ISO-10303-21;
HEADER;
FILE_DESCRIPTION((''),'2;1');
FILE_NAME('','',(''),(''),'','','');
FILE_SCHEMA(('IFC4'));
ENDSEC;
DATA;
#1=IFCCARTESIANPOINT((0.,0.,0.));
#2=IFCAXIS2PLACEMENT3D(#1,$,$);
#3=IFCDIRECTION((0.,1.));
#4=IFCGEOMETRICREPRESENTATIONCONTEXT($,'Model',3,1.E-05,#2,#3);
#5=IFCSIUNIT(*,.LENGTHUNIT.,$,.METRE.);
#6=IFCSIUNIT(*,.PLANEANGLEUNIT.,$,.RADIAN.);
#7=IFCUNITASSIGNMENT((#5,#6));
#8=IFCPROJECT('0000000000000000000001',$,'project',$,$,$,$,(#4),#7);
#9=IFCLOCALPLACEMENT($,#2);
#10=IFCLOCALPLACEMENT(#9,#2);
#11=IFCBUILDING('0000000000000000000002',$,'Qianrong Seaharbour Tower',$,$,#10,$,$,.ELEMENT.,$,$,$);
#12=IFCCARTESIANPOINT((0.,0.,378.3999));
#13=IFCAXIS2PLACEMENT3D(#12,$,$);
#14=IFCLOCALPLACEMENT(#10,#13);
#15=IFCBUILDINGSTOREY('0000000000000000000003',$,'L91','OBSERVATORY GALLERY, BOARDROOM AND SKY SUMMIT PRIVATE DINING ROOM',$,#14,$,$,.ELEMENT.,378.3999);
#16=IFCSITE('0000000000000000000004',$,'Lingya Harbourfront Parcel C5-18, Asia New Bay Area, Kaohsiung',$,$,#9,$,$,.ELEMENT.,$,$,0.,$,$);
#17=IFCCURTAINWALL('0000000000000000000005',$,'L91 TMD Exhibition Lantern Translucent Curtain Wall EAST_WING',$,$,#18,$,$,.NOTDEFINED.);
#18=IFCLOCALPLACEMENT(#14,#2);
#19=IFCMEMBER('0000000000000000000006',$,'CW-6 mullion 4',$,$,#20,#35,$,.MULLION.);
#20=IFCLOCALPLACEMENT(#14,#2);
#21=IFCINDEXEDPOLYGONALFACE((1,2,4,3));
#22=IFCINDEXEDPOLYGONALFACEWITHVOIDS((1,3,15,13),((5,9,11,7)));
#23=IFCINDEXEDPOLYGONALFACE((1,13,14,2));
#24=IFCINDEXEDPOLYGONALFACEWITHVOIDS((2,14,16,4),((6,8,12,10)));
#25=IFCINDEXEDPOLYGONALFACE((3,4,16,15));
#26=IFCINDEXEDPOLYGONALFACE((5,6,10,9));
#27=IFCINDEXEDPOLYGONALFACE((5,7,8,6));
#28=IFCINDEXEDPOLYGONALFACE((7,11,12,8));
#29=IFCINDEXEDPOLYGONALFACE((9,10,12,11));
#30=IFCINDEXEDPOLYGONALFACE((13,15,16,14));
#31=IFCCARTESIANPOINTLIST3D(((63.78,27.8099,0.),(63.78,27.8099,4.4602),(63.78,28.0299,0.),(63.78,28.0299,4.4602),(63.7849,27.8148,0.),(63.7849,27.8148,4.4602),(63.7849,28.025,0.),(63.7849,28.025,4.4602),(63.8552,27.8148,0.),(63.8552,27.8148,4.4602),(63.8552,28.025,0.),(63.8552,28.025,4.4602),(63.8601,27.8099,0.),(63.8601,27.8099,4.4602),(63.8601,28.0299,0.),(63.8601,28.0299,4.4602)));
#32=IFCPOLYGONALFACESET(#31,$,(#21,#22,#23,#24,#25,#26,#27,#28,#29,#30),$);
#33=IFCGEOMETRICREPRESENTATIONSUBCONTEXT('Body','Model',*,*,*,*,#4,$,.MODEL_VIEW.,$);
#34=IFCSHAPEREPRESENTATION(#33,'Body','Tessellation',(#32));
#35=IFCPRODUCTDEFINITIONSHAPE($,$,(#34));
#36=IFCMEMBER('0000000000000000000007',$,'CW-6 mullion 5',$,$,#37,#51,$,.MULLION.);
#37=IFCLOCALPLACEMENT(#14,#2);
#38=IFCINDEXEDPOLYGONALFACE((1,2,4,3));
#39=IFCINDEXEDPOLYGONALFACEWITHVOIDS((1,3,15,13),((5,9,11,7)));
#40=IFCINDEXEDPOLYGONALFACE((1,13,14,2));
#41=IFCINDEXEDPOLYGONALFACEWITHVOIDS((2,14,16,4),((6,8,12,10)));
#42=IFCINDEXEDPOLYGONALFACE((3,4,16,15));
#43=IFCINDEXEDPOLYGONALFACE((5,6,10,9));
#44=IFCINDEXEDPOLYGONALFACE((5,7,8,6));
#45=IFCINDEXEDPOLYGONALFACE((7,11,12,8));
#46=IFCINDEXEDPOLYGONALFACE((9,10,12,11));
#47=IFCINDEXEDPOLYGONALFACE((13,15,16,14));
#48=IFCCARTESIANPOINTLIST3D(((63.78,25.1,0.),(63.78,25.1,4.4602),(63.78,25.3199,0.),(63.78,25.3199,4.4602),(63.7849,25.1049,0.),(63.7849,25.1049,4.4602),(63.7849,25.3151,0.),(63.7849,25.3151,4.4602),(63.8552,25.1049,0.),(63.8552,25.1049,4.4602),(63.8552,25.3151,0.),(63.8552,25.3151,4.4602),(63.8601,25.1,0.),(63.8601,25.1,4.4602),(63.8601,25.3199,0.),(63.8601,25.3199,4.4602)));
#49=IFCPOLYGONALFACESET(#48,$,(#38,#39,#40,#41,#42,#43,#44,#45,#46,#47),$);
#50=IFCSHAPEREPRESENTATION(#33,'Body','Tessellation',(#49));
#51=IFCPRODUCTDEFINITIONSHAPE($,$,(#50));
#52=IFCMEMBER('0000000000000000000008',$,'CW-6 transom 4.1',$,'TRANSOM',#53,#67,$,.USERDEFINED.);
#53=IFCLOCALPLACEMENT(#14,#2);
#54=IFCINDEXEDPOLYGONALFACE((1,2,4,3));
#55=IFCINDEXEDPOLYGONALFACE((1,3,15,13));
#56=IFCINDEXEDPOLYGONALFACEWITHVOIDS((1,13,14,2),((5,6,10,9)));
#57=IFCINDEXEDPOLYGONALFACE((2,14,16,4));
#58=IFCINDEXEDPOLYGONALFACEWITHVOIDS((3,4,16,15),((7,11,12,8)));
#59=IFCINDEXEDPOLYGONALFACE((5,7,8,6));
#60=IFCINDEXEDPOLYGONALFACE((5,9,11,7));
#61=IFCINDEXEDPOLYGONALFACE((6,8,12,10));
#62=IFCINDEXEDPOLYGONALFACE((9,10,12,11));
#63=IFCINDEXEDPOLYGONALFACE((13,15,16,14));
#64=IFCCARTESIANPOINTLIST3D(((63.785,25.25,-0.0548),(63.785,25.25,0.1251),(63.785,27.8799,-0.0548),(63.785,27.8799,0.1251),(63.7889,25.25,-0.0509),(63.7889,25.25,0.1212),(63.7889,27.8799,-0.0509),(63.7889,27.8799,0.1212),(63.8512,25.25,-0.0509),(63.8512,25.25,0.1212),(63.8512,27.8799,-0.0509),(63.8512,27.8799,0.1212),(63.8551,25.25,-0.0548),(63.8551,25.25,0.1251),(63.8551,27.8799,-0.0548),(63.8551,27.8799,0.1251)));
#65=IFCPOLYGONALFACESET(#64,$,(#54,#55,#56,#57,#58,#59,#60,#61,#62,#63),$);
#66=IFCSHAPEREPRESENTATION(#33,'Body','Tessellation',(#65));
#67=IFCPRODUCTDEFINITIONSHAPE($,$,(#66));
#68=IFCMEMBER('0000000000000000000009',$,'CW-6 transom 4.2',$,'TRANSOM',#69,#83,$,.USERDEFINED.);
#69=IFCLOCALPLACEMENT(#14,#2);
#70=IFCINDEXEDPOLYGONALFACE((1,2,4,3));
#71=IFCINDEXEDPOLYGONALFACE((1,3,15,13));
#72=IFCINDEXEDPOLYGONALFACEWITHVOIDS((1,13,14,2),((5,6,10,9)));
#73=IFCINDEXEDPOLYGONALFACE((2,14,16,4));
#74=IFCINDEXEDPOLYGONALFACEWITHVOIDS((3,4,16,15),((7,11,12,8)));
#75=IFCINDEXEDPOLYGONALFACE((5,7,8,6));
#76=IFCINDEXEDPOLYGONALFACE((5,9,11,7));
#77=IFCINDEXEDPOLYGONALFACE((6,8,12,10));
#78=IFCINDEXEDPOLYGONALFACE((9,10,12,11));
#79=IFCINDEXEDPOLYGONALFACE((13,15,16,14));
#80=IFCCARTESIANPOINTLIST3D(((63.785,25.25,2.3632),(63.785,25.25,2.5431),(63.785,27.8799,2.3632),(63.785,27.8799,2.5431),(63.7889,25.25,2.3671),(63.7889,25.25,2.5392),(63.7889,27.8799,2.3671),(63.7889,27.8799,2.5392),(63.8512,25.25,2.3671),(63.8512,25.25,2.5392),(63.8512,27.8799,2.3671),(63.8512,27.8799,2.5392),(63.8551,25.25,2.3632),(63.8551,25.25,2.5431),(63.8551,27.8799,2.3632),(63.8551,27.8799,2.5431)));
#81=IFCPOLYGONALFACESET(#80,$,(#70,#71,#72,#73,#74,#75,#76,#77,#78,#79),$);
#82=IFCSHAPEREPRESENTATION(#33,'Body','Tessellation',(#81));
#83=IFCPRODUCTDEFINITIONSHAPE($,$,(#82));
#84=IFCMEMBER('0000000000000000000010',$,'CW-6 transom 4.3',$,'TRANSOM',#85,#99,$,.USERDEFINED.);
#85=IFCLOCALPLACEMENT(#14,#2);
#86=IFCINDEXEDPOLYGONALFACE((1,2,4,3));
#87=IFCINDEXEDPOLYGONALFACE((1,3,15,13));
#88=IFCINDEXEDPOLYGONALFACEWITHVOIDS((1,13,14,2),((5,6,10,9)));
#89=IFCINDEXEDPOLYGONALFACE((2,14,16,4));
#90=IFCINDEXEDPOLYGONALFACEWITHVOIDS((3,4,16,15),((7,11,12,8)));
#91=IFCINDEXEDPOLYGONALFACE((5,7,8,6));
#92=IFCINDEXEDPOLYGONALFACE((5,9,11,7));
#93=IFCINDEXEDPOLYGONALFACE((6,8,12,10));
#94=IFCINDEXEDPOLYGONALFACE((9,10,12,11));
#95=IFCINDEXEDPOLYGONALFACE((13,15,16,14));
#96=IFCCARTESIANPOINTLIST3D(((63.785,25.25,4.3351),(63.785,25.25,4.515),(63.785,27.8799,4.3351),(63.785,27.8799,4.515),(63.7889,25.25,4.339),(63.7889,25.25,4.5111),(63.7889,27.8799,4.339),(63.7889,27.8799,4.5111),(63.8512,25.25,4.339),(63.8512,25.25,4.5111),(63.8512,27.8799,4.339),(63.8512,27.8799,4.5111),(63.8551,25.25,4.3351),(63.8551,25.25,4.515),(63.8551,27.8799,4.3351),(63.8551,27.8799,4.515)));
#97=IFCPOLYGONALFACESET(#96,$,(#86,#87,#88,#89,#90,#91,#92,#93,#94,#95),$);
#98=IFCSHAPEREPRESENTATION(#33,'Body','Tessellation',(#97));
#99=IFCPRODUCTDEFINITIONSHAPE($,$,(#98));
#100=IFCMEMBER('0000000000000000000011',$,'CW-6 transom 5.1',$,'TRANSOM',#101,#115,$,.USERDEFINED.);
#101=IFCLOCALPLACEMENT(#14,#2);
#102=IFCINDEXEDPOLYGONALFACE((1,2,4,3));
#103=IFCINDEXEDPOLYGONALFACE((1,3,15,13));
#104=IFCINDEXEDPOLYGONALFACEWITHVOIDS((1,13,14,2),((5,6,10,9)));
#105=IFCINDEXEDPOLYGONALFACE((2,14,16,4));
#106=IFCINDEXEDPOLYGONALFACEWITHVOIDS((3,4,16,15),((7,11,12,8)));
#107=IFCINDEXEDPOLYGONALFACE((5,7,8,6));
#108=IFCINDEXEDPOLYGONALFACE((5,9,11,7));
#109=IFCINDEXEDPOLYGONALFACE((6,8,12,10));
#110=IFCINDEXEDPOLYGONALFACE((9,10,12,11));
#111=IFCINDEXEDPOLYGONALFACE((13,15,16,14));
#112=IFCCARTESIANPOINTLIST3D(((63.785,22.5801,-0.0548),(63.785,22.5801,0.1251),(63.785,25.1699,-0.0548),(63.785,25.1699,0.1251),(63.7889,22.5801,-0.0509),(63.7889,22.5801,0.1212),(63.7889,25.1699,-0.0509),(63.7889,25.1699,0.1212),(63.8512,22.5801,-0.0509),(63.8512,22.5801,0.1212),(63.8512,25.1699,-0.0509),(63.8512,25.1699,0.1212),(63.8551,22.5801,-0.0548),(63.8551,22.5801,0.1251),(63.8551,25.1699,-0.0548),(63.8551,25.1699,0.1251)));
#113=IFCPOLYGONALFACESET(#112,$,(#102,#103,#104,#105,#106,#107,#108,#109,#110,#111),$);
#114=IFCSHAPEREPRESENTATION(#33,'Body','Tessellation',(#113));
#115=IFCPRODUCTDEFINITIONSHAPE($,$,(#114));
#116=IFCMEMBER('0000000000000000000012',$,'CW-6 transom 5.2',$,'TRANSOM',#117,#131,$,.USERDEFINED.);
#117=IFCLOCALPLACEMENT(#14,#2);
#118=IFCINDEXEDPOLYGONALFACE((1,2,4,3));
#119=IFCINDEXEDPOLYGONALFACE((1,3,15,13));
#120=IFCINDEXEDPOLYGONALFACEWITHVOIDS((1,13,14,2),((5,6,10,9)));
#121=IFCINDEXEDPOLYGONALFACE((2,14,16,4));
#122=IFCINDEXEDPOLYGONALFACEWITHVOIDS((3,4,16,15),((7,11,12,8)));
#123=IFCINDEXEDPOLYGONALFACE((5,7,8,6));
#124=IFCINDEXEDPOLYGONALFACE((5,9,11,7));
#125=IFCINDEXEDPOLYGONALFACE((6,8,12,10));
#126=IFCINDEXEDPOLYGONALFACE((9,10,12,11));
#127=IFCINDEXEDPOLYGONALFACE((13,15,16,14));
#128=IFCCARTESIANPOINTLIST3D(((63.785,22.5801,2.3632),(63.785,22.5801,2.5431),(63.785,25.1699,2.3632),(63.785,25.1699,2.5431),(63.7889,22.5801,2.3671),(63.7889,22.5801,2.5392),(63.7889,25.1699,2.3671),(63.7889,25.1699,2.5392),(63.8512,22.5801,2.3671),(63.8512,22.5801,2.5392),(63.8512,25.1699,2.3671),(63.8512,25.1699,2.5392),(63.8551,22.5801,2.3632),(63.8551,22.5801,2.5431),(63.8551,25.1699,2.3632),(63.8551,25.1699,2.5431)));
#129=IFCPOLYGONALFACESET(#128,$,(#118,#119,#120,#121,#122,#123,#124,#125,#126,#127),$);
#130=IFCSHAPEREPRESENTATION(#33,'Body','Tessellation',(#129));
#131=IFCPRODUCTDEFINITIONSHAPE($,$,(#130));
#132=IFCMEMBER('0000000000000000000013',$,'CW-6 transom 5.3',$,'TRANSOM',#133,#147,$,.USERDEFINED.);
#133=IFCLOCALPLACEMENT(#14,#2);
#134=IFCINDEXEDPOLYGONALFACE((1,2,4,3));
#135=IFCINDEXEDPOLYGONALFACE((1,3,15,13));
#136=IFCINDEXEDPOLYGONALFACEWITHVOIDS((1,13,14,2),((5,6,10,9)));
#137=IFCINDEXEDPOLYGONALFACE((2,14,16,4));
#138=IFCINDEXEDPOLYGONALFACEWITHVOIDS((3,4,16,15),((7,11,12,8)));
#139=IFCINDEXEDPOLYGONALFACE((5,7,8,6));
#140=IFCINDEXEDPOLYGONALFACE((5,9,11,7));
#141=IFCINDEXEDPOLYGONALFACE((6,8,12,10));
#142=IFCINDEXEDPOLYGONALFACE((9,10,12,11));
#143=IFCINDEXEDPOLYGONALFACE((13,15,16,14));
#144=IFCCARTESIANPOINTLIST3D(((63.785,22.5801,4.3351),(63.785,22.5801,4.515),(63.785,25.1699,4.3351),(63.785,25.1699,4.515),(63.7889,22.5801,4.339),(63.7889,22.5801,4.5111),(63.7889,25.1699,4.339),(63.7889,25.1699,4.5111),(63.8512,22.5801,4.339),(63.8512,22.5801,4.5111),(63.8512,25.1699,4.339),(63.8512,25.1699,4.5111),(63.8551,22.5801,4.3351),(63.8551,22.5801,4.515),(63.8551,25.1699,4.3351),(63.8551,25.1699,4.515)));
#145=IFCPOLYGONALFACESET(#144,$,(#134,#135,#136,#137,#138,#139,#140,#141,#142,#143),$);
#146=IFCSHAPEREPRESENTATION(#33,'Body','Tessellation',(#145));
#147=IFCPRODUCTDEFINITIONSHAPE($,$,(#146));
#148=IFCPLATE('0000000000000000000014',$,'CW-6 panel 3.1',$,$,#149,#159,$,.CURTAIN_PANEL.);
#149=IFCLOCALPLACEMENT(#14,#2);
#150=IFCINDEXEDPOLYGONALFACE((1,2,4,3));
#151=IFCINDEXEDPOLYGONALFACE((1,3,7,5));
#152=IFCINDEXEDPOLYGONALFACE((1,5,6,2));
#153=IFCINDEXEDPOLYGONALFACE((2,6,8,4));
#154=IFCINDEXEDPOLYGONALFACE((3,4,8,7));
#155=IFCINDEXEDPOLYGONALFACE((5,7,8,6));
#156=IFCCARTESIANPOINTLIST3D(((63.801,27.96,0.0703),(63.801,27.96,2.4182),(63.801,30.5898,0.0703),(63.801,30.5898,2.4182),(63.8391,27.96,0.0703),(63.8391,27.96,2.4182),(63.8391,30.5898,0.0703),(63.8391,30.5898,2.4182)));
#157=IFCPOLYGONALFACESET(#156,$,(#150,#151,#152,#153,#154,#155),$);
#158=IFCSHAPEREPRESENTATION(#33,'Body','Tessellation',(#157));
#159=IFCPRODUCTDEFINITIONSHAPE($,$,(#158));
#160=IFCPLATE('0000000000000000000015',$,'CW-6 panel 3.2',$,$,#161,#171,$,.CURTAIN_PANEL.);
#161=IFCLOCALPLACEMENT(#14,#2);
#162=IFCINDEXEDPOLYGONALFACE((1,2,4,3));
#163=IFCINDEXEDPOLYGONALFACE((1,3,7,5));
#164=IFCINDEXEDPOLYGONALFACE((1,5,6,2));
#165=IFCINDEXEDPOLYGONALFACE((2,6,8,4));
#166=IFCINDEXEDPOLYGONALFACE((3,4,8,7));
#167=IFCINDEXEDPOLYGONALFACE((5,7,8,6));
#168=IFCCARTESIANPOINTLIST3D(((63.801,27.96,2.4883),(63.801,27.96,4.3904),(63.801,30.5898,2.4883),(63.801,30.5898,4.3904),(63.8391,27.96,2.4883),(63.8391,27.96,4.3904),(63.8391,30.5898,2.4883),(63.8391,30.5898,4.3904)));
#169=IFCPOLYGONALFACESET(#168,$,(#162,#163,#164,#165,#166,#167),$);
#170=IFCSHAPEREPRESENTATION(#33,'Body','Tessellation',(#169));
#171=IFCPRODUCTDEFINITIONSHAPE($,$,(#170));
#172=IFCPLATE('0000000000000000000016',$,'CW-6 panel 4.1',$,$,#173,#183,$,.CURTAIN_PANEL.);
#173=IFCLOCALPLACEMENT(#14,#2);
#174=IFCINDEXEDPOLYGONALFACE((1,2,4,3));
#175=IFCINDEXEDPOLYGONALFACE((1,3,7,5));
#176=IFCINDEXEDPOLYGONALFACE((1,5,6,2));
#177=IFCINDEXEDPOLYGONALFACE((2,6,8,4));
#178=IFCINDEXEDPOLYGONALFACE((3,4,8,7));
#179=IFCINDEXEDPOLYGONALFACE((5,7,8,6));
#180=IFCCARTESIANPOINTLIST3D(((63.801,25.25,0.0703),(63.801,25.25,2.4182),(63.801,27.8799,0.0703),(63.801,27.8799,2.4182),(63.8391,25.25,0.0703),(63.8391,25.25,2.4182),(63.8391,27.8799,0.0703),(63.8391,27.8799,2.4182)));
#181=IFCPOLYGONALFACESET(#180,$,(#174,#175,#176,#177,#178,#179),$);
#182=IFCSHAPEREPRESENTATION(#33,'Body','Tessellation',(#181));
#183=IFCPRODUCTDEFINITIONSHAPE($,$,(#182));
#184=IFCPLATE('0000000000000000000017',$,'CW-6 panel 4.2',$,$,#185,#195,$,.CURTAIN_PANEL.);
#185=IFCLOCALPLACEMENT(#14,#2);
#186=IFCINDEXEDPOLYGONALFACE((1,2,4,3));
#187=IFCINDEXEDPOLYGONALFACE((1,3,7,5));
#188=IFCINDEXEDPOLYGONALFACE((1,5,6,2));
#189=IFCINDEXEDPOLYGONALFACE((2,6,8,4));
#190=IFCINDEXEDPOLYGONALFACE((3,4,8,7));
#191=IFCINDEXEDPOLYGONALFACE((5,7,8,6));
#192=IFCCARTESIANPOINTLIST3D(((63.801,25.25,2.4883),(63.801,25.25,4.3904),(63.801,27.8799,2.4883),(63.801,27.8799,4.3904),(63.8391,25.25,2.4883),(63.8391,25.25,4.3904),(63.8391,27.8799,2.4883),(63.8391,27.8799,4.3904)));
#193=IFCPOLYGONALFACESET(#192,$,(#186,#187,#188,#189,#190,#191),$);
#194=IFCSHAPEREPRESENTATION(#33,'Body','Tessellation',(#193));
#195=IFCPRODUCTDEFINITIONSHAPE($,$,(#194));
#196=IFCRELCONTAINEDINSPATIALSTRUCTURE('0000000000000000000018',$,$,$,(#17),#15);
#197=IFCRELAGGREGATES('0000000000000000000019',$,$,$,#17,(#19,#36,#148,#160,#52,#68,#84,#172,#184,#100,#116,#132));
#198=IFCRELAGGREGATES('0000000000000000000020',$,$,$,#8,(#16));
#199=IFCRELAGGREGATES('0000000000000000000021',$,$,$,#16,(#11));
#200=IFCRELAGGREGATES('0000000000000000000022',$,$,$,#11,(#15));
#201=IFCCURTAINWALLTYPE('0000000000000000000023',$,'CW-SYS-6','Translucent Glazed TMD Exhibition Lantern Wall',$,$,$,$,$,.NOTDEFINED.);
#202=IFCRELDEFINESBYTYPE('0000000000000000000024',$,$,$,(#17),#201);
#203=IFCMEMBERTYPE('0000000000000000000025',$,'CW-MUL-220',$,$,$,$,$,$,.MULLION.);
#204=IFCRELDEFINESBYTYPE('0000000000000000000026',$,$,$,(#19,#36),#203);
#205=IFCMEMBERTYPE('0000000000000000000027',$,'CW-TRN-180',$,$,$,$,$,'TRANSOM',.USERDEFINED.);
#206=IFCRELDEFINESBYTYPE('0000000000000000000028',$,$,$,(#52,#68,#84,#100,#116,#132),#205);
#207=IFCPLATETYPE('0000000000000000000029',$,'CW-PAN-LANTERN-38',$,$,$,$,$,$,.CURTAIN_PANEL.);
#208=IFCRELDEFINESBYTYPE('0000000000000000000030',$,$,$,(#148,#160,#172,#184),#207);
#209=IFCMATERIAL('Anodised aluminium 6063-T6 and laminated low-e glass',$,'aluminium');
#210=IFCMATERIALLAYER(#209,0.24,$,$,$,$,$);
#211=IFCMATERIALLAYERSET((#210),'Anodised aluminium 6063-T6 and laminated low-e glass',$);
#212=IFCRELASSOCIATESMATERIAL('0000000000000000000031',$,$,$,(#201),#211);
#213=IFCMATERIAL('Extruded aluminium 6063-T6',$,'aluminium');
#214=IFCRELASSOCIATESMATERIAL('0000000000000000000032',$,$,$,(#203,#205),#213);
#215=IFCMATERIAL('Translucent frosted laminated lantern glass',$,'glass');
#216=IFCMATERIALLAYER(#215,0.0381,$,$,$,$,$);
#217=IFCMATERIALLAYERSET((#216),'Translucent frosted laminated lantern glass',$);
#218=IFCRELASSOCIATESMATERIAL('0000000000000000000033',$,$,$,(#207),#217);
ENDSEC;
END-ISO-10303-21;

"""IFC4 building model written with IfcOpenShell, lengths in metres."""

from ifc_helpers import new_model, si_unit, direction, frame, origin, origin_2d, place, context, subcontext, project, spatial, rectangle, hollow_rectangle, extrude, material, layer, layer_set, material_profile, profile_set, type_object, element, aggregate, save


model = new_model("IFC4")

# Units and contexts
model_context = context("Model", 3, precision=1e-05, world=origin(), true_north=direction((0.0, 1.0)))
body_context = subcontext(model_context, "Body", "Model", "MODEL_VIEW")
ifc_project = project(units=[si_unit("LENGTHUNIT", "METRE"), si_unit("PLANEANGLEUNIT", "RADIAN")], contexts=[model_context])

# Site, building, storey
site_placement = place(None, origin())
site = spatial("IfcSite", under=ifc_project, at=site_placement, Name="Lingya Harbourfront Parcel C5-18, Asia New Bay Area, Kaohsiung", CompositionType="ELEMENT", RefElevation=0.0)
building_placement = place(site_placement, origin())
building = spatial("IfcBuilding", under=site, at=building_placement, Name="Qianrong Seaharbour Tower", CompositionType="ELEMENT")
storey_placement = place(building_placement, frame((0.0, 0.0, 378.3999)))
storey = spatial("IfcBuildingStorey", under=building, at=storey_placement, Name="L91", Description="OBSERVATORY GALLERY, BOARDROOM AND SKY SUMMIT PRIVATE DINING ROOM", CompositionType="ELEMENT", Elevation=378.3999)

# Curtain wall, members, plates
ifc_material_1 = material(Name="Anodised aluminium 6063-T6 and laminated low-e glass", Category="aluminium")
ifc_layer_1 = layer(ifc_material_1, 0.24)
ifc_layer_set_1 = layer_set([ifc_layer_1], Name="Anodised aluminium 6063-T6 and laminated low-e glass")
curtain_wall_type = type_object("IfcCurtainWallType", Name="CW-SYS-6", Description="Translucent Glazed TMD Exhibition Lantern Wall", PredefinedType="NOTDEFINED", material=ifc_layer_set_1)
curtain_wall_placement = place(storey_placement, origin())
curtain_wall = element("IfcCurtainWall", 1, at=curtain_wall_placement, inside=storey, type_object=curtain_wall_type, Name="L91 TMD Exhibition Lantern Translucent Curtain Wall EAST_WING", PredefinedType="NOTDEFINED")
ifc_material_2 = material(Name="Extruded aluminium 6063-T6", Category="aluminium")
ifc_material_profile_1 = material_profile(ifc_material_2, hollow_rectangle(XDim=0.0801, YDim=0.22, WallThickness=0.0049, at=origin_2d()), Name="ALU-MUL-220x80x5")
ifc_profile_set_1 = profile_set([ifc_material_profile_1], Name="Extruded aluminium 6063-T6")
member_type_1 = type_object("IfcMemberType", Name="CW-MUL-220", PredefinedType="MULLION", material=ifc_profile_set_1)
member_1_placement = place(storey_placement, frame((63.8201, 27.9199, 0.0), z_axis=(0.0, 0.0, 1.0), x_axis=(1.0, 0.0, 0.0)))
member_1 = element("IfcMember", 2, at=member_1_placement, type_object=member_type_1, Name="CW-6 mullion 4", PredefinedType="MULLION", context=body_context, shape_type="SweptSolid", body=[
    extrude(hollow_rectangle(XDim=0.0801, YDim=0.22, WallThickness=0.0049, at=origin_2d()), origin(), (0.0, 0.0, 1.0), 4.4602),
])
member_2_placement = place(storey_placement, frame((63.8201, 25.21, 0.0), z_axis=(0.0, 0.0, 1.0), x_axis=(1.0, 0.0, 0.0)))
member_2 = element("IfcMember", 3, at=member_2_placement, type_object=member_type_1, Name="CW-6 mullion 5", PredefinedType="MULLION", context=body_context, shape_type="SweptSolid", body=[
    extrude(hollow_rectangle(XDim=0.0801, YDim=0.22, WallThickness=0.0049, at=origin_2d()), origin(), (0.0, 0.0, 1.0), 4.4602),
])
ifc_material_profile_2 = material_profile(ifc_material_2, hollow_rectangle(XDim=0.0701, YDim=0.1799, WallThickness=0.0039, at=origin_2d()), Name="ALU-TRN-180x70x4")
ifc_profile_set_2 = profile_set([ifc_material_profile_2], Name="Extruded aluminium 6063-T6")
member_type_2 = type_object("IfcMemberType", Name="CW-TRN-180", ElementType="TRANSOM", PredefinedType="USERDEFINED", material=ifc_profile_set_2)
member_3_placement = place(storey_placement, frame((63.8201, 27.8799, 0.0352), z_axis=(0.0, -1.0, 0.0), x_axis=(1.0, 0.0, 0.0)))
member_3 = element("IfcMember", 4, at=member_3_placement, type_object=member_type_2, Name="CW-6 transom 4.1", ObjectType="TRANSOM", PredefinedType="USERDEFINED", context=body_context, shape_type="SweptSolid", body=[
    extrude(hollow_rectangle(XDim=0.0701, YDim=0.1799, WallThickness=0.0039, at=origin_2d()), origin(), (0.0, 0.0, 1.0), 2.6299),
])
member_4_placement = place(storey_placement, frame((63.8201, 27.8799, 2.4531), z_axis=(0.0, -1.0, 0.0), x_axis=(1.0, 0.0, 0.0)))
member_4 = element("IfcMember", 5, at=member_4_placement, type_object=member_type_2, Name="CW-6 transom 4.2", ObjectType="TRANSOM", PredefinedType="USERDEFINED", context=body_context, shape_type="SweptSolid", body=[
    extrude(hollow_rectangle(XDim=0.0701, YDim=0.1799, WallThickness=0.0039, at=origin_2d()), origin(), (0.0, 0.0, 1.0), 2.6299),
])
member_5_placement = place(storey_placement, frame((63.8201, 27.8799, 4.425), z_axis=(0.0, -1.0, 0.0), x_axis=(1.0, 0.0, 0.0)))
member_5 = element("IfcMember", 6, at=member_5_placement, type_object=member_type_2, Name="CW-6 transom 4.3", ObjectType="TRANSOM", PredefinedType="USERDEFINED", context=body_context, shape_type="SweptSolid", body=[
    extrude(hollow_rectangle(XDim=0.0701, YDim=0.1799, WallThickness=0.0039, at=origin_2d()), origin(), (0.0, 0.0, 1.0), 2.6299),
])
member_6_placement = place(storey_placement, frame((63.8201, 25.1699, 0.0352), z_axis=(0.0, -1.0, 0.0), x_axis=(1.0, 0.0, 0.0)))
member_6 = element("IfcMember", 7, at=member_6_placement, type_object=member_type_2, Name="CW-6 transom 5.1", ObjectType="TRANSOM", PredefinedType="USERDEFINED", context=body_context, shape_type="SweptSolid", body=[
    extrude(hollow_rectangle(XDim=0.0701, YDim=0.1799, WallThickness=0.0039, at=origin_2d()), origin(), (0.0, 0.0, 1.0), 2.5898),
])
member_7_placement = place(storey_placement, frame((63.8201, 25.1699, 2.4531), z_axis=(0.0, -1.0, 0.0), x_axis=(1.0, 0.0, 0.0)))
member_7 = element("IfcMember", 8, at=member_7_placement, type_object=member_type_2, Name="CW-6 transom 5.2", ObjectType="TRANSOM", PredefinedType="USERDEFINED", context=body_context, shape_type="SweptSolid", body=[
    extrude(hollow_rectangle(XDim=0.0701, YDim=0.1799, WallThickness=0.0039, at=origin_2d()), origin(), (0.0, 0.0, 1.0), 2.5898),
])
member_8_placement = place(storey_placement, frame((63.8201, 25.1699, 4.425), z_axis=(0.0, -1.0, 0.0), x_axis=(1.0, 0.0, 0.0)))
member_8 = element("IfcMember", 9, at=member_8_placement, type_object=member_type_2, Name="CW-6 transom 5.3", ObjectType="TRANSOM", PredefinedType="USERDEFINED", context=body_context, shape_type="SweptSolid", body=[
    extrude(hollow_rectangle(XDim=0.0701, YDim=0.1799, WallThickness=0.0039, at=origin_2d()), origin(), (0.0, 0.0, 1.0), 2.5898),
])
ifc_material_3 = material(Name="Translucent frosted laminated lantern glass", Category="glass")
ifc_layer_2 = layer(ifc_material_3, 0.0381)
ifc_layer_set_2 = layer_set([ifc_layer_2], Name="Translucent frosted laminated lantern glass")
plate_type = type_object("IfcPlateType", Name="CW-PAN-LANTERN-38", PredefinedType="CURTAIN_PANEL", material=ifc_layer_set_2)
plate_1_placement = place(storey_placement, frame((63.8201, 29.2749, 0.0703), z_axis=(0.0, 0.0, 1.0), x_axis=(0.0, -1.0, 0.0)))
plate_1 = element("IfcPlate", 10, at=plate_1_placement, type_object=plate_type, Name="CW-6 panel 3.1", PredefinedType="CURTAIN_PANEL", context=body_context, shape_type="SweptSolid", body=[
    extrude(rectangle(XDim=2.6299, YDim=0.0381, at=origin_2d()), origin(), (0.0, 0.0, 1.0), 2.3479),
])
plate_2_placement = place(storey_placement, frame((63.8201, 29.2749, 2.4883), z_axis=(0.0, 0.0, 1.0), x_axis=(0.0, -1.0, 0.0)))
plate_2 = element("IfcPlate", 11, at=plate_2_placement, type_object=plate_type, Name="CW-6 panel 3.2", PredefinedType="CURTAIN_PANEL", context=body_context, shape_type="SweptSolid", body=[
    extrude(rectangle(XDim=2.6299, YDim=0.0381, at=origin_2d()), origin(), (0.0, 0.0, 1.0), 1.9021),
])
plate_3_placement = place(storey_placement, frame((63.8201, 26.5649, 0.0703), z_axis=(0.0, 0.0, 1.0), x_axis=(0.0, -1.0, 0.0)))
plate_3 = element("IfcPlate", 12, at=plate_3_placement, type_object=plate_type, Name="CW-6 panel 4.1", PredefinedType="CURTAIN_PANEL", context=body_context, shape_type="SweptSolid", body=[
    extrude(rectangle(XDim=2.6299, YDim=0.0381, at=origin_2d()), origin(), (0.0, 0.0, 1.0), 2.3479),
])
plate_4_placement = place(storey_placement, frame((63.8201, 26.5649, 2.4883), z_axis=(0.0, 0.0, 1.0), x_axis=(0.0, -1.0, 0.0)))
plate_4 = element("IfcPlate", 13, at=plate_4_placement, type_object=plate_type, Name="CW-6 panel 4.2", PredefinedType="CURTAIN_PANEL", context=body_context, shape_type="SweptSolid", body=[
    extrude(rectangle(XDim=2.6299, YDim=0.0381, at=origin_2d()), origin(), (0.0, 0.0, 1.0), 1.9021),
])
aggregate(curtain_wall, [member_1, member_2, plate_1, plate_2, member_3, member_4, member_5, plate_3, plate_4, member_6, member_7, member_8])

save(model, "model.ifc")
